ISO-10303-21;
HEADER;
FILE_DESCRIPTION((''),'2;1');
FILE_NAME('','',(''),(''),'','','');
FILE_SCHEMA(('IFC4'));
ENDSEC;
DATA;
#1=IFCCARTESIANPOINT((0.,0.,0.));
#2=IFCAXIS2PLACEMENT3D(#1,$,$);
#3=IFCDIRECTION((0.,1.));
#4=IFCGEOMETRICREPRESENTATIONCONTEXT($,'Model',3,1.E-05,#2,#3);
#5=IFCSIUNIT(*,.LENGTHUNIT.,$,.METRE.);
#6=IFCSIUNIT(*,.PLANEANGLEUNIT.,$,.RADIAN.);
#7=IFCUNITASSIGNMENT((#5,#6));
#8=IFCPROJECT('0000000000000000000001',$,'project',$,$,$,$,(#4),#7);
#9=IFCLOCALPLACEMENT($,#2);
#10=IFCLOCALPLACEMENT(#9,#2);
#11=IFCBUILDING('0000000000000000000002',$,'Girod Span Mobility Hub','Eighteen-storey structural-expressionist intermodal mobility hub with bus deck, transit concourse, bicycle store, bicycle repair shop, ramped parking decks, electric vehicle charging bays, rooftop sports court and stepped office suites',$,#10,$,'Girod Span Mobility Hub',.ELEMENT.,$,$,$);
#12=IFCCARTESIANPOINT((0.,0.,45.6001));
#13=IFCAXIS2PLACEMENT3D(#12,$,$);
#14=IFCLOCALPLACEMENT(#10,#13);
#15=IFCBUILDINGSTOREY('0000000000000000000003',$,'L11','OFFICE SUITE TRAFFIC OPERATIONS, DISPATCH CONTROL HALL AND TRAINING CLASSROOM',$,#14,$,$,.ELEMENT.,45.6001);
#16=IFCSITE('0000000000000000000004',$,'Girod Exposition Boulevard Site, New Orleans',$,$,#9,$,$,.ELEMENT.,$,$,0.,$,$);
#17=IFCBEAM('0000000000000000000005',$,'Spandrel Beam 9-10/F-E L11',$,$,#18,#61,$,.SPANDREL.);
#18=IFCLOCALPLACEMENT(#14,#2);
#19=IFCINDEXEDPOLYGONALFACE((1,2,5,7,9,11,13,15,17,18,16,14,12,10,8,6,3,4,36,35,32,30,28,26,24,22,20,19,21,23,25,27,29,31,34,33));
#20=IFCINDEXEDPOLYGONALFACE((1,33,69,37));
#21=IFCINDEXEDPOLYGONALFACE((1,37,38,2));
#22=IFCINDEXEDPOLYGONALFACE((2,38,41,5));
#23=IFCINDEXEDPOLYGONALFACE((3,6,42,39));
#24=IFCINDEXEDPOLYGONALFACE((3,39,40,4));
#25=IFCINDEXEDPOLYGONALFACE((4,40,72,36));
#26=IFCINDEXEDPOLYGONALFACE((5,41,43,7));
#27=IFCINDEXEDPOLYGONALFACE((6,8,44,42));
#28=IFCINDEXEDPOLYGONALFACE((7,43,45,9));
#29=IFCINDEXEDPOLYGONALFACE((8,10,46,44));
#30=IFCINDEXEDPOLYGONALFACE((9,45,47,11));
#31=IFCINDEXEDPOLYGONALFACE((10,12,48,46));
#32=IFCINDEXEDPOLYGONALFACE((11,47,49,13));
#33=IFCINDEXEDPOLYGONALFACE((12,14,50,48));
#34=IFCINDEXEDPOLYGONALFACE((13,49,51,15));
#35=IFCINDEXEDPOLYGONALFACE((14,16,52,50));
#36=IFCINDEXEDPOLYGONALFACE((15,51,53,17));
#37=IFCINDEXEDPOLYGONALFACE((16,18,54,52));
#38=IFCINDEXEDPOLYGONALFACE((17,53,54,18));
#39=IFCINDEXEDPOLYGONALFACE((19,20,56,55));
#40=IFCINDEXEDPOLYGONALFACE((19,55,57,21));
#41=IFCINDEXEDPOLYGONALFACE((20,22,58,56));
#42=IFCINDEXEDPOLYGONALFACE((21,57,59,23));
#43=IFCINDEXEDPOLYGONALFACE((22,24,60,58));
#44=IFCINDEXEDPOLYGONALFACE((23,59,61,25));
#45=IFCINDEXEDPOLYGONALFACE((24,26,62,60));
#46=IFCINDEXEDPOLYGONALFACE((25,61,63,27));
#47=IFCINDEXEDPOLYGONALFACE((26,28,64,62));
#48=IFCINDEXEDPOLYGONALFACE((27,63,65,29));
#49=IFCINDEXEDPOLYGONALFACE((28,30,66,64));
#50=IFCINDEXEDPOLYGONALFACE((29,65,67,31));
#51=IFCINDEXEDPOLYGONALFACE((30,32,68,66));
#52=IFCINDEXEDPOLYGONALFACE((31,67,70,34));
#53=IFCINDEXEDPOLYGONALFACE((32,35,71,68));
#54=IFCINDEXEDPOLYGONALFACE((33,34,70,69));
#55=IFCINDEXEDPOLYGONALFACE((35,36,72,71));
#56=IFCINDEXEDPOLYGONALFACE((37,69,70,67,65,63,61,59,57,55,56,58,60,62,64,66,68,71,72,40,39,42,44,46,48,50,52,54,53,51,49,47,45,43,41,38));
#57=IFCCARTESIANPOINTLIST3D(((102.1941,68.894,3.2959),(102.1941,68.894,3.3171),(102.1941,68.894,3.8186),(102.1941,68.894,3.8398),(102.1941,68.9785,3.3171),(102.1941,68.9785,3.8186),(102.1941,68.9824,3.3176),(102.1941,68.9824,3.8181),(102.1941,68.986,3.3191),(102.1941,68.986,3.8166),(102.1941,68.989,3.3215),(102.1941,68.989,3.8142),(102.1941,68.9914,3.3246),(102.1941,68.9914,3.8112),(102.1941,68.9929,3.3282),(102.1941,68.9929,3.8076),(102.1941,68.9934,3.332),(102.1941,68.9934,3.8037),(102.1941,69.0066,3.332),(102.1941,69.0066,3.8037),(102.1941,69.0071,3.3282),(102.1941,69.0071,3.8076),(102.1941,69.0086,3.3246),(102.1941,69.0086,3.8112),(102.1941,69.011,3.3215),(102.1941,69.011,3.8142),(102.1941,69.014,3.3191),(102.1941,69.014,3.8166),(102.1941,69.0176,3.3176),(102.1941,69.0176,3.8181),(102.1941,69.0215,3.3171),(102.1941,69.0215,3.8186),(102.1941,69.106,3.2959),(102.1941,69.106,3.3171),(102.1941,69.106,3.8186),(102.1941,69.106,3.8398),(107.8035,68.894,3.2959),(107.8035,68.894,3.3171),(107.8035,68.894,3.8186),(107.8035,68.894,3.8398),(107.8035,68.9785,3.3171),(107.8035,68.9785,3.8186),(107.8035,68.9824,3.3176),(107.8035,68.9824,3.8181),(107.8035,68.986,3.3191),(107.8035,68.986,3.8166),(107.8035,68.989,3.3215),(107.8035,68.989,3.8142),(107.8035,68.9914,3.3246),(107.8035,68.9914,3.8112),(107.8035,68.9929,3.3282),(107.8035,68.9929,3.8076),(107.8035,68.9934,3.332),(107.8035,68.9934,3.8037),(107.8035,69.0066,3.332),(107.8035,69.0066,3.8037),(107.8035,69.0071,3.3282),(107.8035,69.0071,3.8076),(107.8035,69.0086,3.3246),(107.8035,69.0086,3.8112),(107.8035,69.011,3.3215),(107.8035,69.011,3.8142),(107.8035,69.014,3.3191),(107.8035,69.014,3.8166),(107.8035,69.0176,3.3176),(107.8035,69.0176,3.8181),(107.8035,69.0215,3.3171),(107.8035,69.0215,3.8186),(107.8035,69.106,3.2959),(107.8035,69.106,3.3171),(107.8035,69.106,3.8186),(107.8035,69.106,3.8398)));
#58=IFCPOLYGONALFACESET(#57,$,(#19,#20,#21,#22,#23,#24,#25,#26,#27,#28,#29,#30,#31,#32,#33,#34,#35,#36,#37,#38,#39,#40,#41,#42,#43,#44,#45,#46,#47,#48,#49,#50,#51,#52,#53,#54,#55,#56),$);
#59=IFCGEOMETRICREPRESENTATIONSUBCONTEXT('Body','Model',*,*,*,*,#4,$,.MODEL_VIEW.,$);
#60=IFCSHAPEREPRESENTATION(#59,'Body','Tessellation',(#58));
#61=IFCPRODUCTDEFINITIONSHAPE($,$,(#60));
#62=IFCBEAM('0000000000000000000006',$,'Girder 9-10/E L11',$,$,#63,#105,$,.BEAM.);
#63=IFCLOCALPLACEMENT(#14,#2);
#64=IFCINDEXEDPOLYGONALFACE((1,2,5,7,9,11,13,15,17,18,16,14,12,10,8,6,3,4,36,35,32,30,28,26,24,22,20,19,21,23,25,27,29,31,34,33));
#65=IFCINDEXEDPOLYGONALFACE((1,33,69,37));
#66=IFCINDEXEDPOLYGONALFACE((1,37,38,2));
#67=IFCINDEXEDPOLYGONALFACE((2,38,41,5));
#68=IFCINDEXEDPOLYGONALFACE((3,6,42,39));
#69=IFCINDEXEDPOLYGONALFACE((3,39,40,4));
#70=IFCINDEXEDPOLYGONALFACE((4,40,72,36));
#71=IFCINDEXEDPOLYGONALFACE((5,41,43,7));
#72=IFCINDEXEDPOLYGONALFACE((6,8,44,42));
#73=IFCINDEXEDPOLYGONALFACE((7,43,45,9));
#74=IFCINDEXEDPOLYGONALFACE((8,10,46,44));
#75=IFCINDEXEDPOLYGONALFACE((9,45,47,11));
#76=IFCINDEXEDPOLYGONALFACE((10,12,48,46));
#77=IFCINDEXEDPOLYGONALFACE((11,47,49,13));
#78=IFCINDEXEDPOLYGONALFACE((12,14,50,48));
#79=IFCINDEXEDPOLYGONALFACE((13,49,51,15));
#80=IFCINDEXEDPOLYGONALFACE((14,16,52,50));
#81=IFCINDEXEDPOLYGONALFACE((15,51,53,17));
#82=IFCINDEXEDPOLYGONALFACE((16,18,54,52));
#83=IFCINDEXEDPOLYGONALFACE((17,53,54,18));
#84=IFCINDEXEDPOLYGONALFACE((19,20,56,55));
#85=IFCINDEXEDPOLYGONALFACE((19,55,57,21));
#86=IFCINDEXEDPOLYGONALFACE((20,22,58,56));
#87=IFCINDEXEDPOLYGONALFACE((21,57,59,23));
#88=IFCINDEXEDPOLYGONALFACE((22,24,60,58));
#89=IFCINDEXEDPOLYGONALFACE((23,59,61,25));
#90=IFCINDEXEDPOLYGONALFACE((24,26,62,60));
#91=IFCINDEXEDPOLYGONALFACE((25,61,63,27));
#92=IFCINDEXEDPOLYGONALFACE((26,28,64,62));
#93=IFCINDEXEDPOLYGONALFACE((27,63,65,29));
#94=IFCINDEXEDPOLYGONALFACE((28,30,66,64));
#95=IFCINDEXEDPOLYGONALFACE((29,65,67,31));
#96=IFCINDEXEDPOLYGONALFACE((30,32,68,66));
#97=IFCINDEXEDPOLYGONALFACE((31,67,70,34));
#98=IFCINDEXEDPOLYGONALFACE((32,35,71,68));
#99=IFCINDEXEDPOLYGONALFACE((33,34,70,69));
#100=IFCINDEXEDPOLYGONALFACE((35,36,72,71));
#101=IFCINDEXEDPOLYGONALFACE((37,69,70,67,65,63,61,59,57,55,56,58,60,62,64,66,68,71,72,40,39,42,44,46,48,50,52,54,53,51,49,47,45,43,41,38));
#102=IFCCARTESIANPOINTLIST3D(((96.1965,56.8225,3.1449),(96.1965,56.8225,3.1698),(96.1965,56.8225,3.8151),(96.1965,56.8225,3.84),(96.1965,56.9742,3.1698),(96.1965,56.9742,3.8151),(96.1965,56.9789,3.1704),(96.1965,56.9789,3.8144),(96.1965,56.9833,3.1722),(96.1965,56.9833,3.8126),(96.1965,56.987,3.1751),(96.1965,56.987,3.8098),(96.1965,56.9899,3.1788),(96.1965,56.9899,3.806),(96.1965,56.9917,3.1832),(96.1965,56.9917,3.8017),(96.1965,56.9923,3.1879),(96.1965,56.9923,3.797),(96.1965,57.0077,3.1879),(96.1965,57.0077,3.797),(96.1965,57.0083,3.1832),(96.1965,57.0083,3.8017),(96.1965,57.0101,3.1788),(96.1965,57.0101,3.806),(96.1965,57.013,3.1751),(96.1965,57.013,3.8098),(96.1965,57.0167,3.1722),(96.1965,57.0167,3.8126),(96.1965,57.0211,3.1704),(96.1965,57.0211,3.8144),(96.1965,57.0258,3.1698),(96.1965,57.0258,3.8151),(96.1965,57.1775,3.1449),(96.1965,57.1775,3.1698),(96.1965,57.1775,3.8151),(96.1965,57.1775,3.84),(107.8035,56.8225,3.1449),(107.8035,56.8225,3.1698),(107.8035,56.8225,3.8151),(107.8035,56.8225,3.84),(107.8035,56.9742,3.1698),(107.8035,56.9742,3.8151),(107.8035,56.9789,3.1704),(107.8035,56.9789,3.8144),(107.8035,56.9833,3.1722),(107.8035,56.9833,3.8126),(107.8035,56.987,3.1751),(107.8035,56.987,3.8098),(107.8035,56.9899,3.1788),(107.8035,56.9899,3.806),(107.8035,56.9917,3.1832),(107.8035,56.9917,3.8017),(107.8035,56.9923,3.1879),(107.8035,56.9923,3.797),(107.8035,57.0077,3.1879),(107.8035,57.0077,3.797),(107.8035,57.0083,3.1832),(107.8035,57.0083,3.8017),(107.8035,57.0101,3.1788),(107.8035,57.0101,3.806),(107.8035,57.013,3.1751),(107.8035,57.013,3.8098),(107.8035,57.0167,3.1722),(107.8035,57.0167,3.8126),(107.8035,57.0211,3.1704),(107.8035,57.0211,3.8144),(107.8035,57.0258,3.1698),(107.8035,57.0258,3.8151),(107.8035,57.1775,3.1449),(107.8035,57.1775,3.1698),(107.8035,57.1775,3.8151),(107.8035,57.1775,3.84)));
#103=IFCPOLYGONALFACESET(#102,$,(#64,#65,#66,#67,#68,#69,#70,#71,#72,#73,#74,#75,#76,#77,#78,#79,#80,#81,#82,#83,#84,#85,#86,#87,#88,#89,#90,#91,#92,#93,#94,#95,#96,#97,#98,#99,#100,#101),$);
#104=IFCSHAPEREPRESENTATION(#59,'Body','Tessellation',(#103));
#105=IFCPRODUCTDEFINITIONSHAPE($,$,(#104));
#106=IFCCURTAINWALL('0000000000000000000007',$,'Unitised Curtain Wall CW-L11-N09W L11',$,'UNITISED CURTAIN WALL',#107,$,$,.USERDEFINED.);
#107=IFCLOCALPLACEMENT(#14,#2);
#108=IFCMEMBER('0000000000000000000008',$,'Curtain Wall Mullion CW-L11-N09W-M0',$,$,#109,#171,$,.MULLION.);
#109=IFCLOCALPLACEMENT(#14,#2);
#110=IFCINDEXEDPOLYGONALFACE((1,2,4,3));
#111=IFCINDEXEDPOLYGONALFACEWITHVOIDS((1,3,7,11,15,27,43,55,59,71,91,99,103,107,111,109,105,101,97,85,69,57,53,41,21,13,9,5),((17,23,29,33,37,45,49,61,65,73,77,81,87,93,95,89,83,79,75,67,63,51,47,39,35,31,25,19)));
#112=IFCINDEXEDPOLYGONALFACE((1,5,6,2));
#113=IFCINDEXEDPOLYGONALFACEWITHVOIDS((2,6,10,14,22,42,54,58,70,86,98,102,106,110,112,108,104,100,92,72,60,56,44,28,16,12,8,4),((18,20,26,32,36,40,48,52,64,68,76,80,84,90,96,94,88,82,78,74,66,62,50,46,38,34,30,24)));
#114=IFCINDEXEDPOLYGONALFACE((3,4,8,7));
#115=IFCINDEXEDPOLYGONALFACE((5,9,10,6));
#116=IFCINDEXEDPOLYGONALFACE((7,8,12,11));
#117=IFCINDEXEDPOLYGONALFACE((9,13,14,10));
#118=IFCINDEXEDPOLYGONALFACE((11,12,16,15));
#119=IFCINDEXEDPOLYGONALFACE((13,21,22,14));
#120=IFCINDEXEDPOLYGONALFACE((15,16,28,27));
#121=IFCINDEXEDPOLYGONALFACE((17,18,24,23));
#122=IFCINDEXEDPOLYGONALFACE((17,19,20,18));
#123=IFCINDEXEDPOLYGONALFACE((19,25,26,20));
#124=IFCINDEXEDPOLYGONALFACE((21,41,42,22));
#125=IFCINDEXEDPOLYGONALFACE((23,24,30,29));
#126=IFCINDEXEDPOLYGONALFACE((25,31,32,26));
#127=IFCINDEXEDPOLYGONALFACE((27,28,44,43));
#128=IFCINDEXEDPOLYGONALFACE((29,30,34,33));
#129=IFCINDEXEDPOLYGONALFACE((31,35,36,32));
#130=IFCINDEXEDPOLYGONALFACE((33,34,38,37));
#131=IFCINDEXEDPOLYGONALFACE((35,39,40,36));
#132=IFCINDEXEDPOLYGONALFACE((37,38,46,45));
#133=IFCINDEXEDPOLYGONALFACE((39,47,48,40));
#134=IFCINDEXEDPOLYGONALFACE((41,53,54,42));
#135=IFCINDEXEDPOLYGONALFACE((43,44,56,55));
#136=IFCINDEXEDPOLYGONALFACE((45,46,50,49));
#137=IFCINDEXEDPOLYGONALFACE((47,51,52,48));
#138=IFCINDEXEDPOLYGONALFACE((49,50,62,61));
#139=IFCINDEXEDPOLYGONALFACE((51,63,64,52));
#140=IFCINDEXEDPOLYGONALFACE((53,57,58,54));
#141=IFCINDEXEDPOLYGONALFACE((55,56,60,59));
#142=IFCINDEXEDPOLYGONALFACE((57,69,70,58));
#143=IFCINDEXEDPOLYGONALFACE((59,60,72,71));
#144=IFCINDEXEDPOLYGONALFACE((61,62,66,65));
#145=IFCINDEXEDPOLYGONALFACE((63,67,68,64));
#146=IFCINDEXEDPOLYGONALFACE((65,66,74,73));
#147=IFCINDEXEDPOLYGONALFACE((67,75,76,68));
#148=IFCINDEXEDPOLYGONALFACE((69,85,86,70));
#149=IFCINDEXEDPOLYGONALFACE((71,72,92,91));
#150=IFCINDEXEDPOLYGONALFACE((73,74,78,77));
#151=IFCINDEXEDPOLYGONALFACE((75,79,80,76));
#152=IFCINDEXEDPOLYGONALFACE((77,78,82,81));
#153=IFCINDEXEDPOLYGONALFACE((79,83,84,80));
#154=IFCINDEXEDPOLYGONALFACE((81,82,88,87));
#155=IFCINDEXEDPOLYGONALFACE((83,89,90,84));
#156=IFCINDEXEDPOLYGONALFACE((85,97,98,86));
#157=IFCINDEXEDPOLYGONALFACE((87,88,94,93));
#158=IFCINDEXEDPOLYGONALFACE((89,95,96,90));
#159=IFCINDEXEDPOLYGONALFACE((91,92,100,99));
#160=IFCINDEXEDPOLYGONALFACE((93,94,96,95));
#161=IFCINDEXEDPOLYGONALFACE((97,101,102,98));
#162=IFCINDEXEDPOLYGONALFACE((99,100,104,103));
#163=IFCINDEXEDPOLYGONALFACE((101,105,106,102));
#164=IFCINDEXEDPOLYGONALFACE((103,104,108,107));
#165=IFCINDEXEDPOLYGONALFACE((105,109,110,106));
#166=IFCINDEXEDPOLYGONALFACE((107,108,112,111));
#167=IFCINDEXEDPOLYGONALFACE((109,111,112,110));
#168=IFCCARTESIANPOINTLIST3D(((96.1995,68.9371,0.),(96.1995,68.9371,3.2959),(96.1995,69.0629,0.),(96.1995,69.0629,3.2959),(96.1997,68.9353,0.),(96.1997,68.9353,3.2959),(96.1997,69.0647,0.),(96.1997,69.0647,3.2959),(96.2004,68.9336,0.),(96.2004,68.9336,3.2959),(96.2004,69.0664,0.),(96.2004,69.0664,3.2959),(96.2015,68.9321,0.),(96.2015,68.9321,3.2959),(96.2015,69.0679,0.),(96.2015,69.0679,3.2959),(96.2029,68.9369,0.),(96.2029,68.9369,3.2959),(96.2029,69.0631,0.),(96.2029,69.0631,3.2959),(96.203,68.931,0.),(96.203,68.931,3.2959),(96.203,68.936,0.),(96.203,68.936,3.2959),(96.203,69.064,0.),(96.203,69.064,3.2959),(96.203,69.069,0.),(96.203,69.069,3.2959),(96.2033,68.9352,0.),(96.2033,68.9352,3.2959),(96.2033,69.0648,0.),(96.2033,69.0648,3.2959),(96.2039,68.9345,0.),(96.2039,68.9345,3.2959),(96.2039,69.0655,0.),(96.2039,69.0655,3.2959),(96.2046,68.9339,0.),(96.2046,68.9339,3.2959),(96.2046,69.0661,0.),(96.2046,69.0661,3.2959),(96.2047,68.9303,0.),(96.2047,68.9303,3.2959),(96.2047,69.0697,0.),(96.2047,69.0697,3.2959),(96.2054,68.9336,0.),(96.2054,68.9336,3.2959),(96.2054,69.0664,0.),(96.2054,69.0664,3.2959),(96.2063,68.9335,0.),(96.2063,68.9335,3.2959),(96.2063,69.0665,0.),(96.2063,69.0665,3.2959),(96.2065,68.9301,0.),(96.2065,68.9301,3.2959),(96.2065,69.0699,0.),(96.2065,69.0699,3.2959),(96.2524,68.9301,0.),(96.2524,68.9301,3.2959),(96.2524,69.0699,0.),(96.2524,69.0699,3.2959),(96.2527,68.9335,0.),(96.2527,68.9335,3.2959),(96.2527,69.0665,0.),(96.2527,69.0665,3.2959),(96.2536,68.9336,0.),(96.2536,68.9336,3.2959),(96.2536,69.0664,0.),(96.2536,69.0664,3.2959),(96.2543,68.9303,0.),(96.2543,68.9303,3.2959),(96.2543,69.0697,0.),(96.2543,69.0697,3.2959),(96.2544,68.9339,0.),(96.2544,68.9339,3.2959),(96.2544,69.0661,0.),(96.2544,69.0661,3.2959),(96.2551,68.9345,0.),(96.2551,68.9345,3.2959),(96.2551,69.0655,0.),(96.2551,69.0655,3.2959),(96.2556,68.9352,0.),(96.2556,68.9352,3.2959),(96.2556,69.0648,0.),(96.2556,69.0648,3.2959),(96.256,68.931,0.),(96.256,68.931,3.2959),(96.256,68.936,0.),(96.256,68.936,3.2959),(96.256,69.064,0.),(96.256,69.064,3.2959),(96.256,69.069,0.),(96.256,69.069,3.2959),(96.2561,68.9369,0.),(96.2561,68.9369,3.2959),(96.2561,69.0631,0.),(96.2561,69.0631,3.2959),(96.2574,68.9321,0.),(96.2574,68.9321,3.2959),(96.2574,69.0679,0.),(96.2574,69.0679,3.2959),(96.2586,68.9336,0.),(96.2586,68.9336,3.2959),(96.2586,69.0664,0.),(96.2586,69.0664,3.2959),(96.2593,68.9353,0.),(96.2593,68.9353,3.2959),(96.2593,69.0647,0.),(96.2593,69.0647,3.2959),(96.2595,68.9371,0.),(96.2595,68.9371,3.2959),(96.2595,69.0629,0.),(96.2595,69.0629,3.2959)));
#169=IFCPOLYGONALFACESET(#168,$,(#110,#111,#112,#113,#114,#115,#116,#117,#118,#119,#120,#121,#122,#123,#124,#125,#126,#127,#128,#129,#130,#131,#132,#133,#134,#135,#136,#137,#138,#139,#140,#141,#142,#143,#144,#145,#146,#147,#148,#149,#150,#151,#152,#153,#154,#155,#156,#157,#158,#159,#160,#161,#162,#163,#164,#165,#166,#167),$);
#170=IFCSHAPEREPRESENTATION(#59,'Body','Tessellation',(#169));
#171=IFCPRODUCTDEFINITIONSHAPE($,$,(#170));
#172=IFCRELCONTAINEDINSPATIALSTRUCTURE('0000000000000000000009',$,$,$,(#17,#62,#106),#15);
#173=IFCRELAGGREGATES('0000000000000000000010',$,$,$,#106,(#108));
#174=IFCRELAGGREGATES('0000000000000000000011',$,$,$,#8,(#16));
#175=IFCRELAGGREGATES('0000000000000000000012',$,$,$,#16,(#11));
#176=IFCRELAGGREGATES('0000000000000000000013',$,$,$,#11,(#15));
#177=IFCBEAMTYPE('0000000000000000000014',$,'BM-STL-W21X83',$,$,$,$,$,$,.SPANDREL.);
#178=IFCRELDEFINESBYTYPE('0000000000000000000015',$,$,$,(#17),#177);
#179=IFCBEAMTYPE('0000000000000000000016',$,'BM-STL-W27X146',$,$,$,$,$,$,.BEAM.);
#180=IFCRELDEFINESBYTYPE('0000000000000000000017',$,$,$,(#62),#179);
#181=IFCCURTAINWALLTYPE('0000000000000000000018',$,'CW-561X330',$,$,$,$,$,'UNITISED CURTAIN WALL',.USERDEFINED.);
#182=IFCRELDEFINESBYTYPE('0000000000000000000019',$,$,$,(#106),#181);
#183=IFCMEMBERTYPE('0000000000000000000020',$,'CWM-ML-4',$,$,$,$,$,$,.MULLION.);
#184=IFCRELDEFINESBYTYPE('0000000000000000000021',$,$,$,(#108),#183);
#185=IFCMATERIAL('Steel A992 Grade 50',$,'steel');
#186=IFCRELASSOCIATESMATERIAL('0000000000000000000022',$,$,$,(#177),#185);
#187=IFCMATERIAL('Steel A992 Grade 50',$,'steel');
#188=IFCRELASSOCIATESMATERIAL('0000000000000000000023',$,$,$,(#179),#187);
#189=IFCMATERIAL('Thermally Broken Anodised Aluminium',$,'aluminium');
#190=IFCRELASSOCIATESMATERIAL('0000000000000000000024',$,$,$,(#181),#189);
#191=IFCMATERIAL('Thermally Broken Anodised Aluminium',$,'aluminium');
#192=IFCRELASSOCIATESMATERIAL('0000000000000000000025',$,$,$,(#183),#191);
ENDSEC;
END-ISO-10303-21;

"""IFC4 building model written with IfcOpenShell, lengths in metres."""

from ifc_helpers import new_model, si_unit, direction, frame, origin, origin_2d, place, context, subcontext, project, spatial, hollow_rectangle, i_section, extrude, material, material_profile, profile_set, type_object, element, aggregate, save


model = new_model("IFC4")

# Units and contexts
model_context = context("Model", 3, precision=1e-05, world=origin(), true_north=direction((0.0, 1.0)))
body_context = subcontext(model_context, "Body", "Model", "MODEL_VIEW")
ifc_project = project(units=[si_unit("LENGTHUNIT", "METRE"), si_unit("PLANEANGLEUNIT", "RADIAN")], contexts=[model_context])

# Site, building, storey
site_placement = place(None, origin())
site = spatial("IfcSite", under=ifc_project, at=site_placement, Name="Girod Exposition Boulevard Site, New Orleans", CompositionType="ELEMENT", RefElevation=0.0)
building_placement = place(site_placement, origin())
building = spatial("IfcBuilding", under=site, at=building_placement, Name="Girod Span Mobility Hub", Description="Eighteen-storey structural-expressionist intermodal mobility hub with bus deck, transit concourse, bicycle store, bicycle repair shop, ramped parking decks, electric vehicle charging bays, rooftop sports court and stepped office suites", LongName="Girod Span Mobility Hub", CompositionType="ELEMENT")
storey_placement = place(building_placement, frame((0.0, 0.0, 45.6001)))
storey = spatial("IfcBuildingStorey", under=building, at=storey_placement, Name="L11", Description="OFFICE SUITE TRAFFIC OPERATIONS, DISPATCH CONTROL HALL AND TRAINING CLASSROOM", CompositionType="ELEMENT", Elevation=45.6001)

# Beams
ifc_material_1 = material(Name="Steel A992 Grade 50", Category="steel")
ifc_material_profile_1 = material_profile(ifc_material_1, i_section(OverallWidth=0.2119, OverallDepth=0.5439, WebThickness=0.0132, FlangeThickness=0.0212, FilletRadius=0.0149, at=origin_2d()), Name="W21X83")
ifc_profile_set_1 = profile_set([ifc_material_profile_1], Name="Steel A992 Grade 50")
beam_type_1 = type_object("IfcBeamType", Name="BM-STL-W21X83", PredefinedType="SPANDREL", material=ifc_profile_set_1)
for number, where, z_axis, x_axis, name in (
    (1, (102.1941, 69.0, 3.5679), (1.0, 0.0, 0.0), (0.0, 1.0, 0.0), "Spandrel Beam 9-10/F-E L11"),
):
    element("IfcBeam", number, at=place(storey_placement, frame(where, z_axis=z_axis, x_axis=x_axis)), inside=storey, type_object=beam_type_1, Name=name, PredefinedType="SPANDREL", context=body_context, shape_type="SweptSolid", body=[
        extrude(i_section(OverallWidth=0.2119, OverallDepth=0.5439, WebThickness=0.0132, FlangeThickness=0.0212, FilletRadius=0.0149, at=origin_2d()), origin(), (0.0, 0.0, 1.0), 5.6094),
    ])
ifc_material_2 = material(Name="Steel A992 Grade 50", Category="steel")
ifc_material_profile_2 = material_profile(ifc_material_2, i_section(OverallWidth=0.355, OverallDepth=0.6951, WebThickness=0.0154, FlangeThickness=0.0249, FilletRadius=0.0181, at=origin_2d()), Name="W27X146")
ifc_profile_set_2 = profile_set([ifc_material_profile_2], Name="Steel A992 Grade 50")
beam_type_2 = type_object("IfcBeamType", Name="BM-STL-W27X146", PredefinedType="BEAM", material=ifc_profile_set_2)
beam_1_placement = place(storey_placement, frame((96.1965, 57.0, 3.4924), z_axis=(1.0, 0.0, 0.0), x_axis=(0.0, 1.0, 0.0)))
element("IfcBeam", 2, at=beam_1_placement, inside=storey, type_object=beam_type_2, Name="Girder 9-10/E L11", PredefinedType="BEAM", context=body_context, shape_type="SweptSolid", body=[
    extrude(i_section(OverallWidth=0.355, OverallDepth=0.6951, WebThickness=0.0154, FlangeThickness=0.0249, FilletRadius=0.0181, at=origin_2d()), origin(), (0.0, 0.0, 1.0), 11.6069),
])

# Curtain wall, member
ifc_material_3 = material(Name="Thermally Broken Anodised Aluminium", Category="aluminium")
curtain_wall_type = type_object("IfcCurtainWallType", Name="CW-561X330", ElementType="UNITISED CURTAIN WALL", PredefinedType="USERDEFINED", material=ifc_material_3)
curtain_wall_1_placement = place(storey_placement, origin())
curtain_wall_1 = element("IfcCurtainWall", 3, at=curtain_wall_1_placement, inside=storey, type_object=curtain_wall_type, Name="Unitised Curtain Wall CW-L11-N09W L11", ObjectType="UNITISED CURTAIN WALL", PredefinedType="USERDEFINED")
ifc_material_4 = material(Name="Thermally Broken Anodised Aluminium", Category="aluminium")
ifc_material_profile_3 = material_profile(ifc_material_4, hollow_rectangle(XDim=0.1399, YDim=0.0601, WallThickness=0.0034, InnerFilletRadius=0.0034, OuterFilletRadius=0.0071, at=origin_2d()), Name="CW-ML-60X140")
ifc_profile_set_3 = profile_set([ifc_material_profile_3], Name="Thermally Broken Anodised Aluminium")
member_type_1 = type_object("IfcMemberType", Name="CWM-ML-4", PredefinedType="MULLION", material=ifc_profile_set_3)
member_1_placement = place(storey_placement, frame((96.2295, 69.0, 0.0), z_axis=(0.0, 0.0, 1.0), x_axis=(0.0, 1.0, 0.0)))
member_1 = element("IfcMember", 4, at=member_1_placement, type_object=member_type_1, Name="Curtain Wall Mullion CW-L11-N09W-M0", PredefinedType="MULLION", context=body_context, shape_type="SweptSolid", body=[
    extrude(hollow_rectangle(XDim=0.1399, YDim=0.0601, WallThickness=0.0034, InnerFilletRadius=0.0034, OuterFilletRadius=0.0071, at=origin_2d()), origin(), (0.0, 0.0, 1.0), 3.2959),
])

aggregate(curtain_wall_1, [member_1])

save(model, "model.ifc")
